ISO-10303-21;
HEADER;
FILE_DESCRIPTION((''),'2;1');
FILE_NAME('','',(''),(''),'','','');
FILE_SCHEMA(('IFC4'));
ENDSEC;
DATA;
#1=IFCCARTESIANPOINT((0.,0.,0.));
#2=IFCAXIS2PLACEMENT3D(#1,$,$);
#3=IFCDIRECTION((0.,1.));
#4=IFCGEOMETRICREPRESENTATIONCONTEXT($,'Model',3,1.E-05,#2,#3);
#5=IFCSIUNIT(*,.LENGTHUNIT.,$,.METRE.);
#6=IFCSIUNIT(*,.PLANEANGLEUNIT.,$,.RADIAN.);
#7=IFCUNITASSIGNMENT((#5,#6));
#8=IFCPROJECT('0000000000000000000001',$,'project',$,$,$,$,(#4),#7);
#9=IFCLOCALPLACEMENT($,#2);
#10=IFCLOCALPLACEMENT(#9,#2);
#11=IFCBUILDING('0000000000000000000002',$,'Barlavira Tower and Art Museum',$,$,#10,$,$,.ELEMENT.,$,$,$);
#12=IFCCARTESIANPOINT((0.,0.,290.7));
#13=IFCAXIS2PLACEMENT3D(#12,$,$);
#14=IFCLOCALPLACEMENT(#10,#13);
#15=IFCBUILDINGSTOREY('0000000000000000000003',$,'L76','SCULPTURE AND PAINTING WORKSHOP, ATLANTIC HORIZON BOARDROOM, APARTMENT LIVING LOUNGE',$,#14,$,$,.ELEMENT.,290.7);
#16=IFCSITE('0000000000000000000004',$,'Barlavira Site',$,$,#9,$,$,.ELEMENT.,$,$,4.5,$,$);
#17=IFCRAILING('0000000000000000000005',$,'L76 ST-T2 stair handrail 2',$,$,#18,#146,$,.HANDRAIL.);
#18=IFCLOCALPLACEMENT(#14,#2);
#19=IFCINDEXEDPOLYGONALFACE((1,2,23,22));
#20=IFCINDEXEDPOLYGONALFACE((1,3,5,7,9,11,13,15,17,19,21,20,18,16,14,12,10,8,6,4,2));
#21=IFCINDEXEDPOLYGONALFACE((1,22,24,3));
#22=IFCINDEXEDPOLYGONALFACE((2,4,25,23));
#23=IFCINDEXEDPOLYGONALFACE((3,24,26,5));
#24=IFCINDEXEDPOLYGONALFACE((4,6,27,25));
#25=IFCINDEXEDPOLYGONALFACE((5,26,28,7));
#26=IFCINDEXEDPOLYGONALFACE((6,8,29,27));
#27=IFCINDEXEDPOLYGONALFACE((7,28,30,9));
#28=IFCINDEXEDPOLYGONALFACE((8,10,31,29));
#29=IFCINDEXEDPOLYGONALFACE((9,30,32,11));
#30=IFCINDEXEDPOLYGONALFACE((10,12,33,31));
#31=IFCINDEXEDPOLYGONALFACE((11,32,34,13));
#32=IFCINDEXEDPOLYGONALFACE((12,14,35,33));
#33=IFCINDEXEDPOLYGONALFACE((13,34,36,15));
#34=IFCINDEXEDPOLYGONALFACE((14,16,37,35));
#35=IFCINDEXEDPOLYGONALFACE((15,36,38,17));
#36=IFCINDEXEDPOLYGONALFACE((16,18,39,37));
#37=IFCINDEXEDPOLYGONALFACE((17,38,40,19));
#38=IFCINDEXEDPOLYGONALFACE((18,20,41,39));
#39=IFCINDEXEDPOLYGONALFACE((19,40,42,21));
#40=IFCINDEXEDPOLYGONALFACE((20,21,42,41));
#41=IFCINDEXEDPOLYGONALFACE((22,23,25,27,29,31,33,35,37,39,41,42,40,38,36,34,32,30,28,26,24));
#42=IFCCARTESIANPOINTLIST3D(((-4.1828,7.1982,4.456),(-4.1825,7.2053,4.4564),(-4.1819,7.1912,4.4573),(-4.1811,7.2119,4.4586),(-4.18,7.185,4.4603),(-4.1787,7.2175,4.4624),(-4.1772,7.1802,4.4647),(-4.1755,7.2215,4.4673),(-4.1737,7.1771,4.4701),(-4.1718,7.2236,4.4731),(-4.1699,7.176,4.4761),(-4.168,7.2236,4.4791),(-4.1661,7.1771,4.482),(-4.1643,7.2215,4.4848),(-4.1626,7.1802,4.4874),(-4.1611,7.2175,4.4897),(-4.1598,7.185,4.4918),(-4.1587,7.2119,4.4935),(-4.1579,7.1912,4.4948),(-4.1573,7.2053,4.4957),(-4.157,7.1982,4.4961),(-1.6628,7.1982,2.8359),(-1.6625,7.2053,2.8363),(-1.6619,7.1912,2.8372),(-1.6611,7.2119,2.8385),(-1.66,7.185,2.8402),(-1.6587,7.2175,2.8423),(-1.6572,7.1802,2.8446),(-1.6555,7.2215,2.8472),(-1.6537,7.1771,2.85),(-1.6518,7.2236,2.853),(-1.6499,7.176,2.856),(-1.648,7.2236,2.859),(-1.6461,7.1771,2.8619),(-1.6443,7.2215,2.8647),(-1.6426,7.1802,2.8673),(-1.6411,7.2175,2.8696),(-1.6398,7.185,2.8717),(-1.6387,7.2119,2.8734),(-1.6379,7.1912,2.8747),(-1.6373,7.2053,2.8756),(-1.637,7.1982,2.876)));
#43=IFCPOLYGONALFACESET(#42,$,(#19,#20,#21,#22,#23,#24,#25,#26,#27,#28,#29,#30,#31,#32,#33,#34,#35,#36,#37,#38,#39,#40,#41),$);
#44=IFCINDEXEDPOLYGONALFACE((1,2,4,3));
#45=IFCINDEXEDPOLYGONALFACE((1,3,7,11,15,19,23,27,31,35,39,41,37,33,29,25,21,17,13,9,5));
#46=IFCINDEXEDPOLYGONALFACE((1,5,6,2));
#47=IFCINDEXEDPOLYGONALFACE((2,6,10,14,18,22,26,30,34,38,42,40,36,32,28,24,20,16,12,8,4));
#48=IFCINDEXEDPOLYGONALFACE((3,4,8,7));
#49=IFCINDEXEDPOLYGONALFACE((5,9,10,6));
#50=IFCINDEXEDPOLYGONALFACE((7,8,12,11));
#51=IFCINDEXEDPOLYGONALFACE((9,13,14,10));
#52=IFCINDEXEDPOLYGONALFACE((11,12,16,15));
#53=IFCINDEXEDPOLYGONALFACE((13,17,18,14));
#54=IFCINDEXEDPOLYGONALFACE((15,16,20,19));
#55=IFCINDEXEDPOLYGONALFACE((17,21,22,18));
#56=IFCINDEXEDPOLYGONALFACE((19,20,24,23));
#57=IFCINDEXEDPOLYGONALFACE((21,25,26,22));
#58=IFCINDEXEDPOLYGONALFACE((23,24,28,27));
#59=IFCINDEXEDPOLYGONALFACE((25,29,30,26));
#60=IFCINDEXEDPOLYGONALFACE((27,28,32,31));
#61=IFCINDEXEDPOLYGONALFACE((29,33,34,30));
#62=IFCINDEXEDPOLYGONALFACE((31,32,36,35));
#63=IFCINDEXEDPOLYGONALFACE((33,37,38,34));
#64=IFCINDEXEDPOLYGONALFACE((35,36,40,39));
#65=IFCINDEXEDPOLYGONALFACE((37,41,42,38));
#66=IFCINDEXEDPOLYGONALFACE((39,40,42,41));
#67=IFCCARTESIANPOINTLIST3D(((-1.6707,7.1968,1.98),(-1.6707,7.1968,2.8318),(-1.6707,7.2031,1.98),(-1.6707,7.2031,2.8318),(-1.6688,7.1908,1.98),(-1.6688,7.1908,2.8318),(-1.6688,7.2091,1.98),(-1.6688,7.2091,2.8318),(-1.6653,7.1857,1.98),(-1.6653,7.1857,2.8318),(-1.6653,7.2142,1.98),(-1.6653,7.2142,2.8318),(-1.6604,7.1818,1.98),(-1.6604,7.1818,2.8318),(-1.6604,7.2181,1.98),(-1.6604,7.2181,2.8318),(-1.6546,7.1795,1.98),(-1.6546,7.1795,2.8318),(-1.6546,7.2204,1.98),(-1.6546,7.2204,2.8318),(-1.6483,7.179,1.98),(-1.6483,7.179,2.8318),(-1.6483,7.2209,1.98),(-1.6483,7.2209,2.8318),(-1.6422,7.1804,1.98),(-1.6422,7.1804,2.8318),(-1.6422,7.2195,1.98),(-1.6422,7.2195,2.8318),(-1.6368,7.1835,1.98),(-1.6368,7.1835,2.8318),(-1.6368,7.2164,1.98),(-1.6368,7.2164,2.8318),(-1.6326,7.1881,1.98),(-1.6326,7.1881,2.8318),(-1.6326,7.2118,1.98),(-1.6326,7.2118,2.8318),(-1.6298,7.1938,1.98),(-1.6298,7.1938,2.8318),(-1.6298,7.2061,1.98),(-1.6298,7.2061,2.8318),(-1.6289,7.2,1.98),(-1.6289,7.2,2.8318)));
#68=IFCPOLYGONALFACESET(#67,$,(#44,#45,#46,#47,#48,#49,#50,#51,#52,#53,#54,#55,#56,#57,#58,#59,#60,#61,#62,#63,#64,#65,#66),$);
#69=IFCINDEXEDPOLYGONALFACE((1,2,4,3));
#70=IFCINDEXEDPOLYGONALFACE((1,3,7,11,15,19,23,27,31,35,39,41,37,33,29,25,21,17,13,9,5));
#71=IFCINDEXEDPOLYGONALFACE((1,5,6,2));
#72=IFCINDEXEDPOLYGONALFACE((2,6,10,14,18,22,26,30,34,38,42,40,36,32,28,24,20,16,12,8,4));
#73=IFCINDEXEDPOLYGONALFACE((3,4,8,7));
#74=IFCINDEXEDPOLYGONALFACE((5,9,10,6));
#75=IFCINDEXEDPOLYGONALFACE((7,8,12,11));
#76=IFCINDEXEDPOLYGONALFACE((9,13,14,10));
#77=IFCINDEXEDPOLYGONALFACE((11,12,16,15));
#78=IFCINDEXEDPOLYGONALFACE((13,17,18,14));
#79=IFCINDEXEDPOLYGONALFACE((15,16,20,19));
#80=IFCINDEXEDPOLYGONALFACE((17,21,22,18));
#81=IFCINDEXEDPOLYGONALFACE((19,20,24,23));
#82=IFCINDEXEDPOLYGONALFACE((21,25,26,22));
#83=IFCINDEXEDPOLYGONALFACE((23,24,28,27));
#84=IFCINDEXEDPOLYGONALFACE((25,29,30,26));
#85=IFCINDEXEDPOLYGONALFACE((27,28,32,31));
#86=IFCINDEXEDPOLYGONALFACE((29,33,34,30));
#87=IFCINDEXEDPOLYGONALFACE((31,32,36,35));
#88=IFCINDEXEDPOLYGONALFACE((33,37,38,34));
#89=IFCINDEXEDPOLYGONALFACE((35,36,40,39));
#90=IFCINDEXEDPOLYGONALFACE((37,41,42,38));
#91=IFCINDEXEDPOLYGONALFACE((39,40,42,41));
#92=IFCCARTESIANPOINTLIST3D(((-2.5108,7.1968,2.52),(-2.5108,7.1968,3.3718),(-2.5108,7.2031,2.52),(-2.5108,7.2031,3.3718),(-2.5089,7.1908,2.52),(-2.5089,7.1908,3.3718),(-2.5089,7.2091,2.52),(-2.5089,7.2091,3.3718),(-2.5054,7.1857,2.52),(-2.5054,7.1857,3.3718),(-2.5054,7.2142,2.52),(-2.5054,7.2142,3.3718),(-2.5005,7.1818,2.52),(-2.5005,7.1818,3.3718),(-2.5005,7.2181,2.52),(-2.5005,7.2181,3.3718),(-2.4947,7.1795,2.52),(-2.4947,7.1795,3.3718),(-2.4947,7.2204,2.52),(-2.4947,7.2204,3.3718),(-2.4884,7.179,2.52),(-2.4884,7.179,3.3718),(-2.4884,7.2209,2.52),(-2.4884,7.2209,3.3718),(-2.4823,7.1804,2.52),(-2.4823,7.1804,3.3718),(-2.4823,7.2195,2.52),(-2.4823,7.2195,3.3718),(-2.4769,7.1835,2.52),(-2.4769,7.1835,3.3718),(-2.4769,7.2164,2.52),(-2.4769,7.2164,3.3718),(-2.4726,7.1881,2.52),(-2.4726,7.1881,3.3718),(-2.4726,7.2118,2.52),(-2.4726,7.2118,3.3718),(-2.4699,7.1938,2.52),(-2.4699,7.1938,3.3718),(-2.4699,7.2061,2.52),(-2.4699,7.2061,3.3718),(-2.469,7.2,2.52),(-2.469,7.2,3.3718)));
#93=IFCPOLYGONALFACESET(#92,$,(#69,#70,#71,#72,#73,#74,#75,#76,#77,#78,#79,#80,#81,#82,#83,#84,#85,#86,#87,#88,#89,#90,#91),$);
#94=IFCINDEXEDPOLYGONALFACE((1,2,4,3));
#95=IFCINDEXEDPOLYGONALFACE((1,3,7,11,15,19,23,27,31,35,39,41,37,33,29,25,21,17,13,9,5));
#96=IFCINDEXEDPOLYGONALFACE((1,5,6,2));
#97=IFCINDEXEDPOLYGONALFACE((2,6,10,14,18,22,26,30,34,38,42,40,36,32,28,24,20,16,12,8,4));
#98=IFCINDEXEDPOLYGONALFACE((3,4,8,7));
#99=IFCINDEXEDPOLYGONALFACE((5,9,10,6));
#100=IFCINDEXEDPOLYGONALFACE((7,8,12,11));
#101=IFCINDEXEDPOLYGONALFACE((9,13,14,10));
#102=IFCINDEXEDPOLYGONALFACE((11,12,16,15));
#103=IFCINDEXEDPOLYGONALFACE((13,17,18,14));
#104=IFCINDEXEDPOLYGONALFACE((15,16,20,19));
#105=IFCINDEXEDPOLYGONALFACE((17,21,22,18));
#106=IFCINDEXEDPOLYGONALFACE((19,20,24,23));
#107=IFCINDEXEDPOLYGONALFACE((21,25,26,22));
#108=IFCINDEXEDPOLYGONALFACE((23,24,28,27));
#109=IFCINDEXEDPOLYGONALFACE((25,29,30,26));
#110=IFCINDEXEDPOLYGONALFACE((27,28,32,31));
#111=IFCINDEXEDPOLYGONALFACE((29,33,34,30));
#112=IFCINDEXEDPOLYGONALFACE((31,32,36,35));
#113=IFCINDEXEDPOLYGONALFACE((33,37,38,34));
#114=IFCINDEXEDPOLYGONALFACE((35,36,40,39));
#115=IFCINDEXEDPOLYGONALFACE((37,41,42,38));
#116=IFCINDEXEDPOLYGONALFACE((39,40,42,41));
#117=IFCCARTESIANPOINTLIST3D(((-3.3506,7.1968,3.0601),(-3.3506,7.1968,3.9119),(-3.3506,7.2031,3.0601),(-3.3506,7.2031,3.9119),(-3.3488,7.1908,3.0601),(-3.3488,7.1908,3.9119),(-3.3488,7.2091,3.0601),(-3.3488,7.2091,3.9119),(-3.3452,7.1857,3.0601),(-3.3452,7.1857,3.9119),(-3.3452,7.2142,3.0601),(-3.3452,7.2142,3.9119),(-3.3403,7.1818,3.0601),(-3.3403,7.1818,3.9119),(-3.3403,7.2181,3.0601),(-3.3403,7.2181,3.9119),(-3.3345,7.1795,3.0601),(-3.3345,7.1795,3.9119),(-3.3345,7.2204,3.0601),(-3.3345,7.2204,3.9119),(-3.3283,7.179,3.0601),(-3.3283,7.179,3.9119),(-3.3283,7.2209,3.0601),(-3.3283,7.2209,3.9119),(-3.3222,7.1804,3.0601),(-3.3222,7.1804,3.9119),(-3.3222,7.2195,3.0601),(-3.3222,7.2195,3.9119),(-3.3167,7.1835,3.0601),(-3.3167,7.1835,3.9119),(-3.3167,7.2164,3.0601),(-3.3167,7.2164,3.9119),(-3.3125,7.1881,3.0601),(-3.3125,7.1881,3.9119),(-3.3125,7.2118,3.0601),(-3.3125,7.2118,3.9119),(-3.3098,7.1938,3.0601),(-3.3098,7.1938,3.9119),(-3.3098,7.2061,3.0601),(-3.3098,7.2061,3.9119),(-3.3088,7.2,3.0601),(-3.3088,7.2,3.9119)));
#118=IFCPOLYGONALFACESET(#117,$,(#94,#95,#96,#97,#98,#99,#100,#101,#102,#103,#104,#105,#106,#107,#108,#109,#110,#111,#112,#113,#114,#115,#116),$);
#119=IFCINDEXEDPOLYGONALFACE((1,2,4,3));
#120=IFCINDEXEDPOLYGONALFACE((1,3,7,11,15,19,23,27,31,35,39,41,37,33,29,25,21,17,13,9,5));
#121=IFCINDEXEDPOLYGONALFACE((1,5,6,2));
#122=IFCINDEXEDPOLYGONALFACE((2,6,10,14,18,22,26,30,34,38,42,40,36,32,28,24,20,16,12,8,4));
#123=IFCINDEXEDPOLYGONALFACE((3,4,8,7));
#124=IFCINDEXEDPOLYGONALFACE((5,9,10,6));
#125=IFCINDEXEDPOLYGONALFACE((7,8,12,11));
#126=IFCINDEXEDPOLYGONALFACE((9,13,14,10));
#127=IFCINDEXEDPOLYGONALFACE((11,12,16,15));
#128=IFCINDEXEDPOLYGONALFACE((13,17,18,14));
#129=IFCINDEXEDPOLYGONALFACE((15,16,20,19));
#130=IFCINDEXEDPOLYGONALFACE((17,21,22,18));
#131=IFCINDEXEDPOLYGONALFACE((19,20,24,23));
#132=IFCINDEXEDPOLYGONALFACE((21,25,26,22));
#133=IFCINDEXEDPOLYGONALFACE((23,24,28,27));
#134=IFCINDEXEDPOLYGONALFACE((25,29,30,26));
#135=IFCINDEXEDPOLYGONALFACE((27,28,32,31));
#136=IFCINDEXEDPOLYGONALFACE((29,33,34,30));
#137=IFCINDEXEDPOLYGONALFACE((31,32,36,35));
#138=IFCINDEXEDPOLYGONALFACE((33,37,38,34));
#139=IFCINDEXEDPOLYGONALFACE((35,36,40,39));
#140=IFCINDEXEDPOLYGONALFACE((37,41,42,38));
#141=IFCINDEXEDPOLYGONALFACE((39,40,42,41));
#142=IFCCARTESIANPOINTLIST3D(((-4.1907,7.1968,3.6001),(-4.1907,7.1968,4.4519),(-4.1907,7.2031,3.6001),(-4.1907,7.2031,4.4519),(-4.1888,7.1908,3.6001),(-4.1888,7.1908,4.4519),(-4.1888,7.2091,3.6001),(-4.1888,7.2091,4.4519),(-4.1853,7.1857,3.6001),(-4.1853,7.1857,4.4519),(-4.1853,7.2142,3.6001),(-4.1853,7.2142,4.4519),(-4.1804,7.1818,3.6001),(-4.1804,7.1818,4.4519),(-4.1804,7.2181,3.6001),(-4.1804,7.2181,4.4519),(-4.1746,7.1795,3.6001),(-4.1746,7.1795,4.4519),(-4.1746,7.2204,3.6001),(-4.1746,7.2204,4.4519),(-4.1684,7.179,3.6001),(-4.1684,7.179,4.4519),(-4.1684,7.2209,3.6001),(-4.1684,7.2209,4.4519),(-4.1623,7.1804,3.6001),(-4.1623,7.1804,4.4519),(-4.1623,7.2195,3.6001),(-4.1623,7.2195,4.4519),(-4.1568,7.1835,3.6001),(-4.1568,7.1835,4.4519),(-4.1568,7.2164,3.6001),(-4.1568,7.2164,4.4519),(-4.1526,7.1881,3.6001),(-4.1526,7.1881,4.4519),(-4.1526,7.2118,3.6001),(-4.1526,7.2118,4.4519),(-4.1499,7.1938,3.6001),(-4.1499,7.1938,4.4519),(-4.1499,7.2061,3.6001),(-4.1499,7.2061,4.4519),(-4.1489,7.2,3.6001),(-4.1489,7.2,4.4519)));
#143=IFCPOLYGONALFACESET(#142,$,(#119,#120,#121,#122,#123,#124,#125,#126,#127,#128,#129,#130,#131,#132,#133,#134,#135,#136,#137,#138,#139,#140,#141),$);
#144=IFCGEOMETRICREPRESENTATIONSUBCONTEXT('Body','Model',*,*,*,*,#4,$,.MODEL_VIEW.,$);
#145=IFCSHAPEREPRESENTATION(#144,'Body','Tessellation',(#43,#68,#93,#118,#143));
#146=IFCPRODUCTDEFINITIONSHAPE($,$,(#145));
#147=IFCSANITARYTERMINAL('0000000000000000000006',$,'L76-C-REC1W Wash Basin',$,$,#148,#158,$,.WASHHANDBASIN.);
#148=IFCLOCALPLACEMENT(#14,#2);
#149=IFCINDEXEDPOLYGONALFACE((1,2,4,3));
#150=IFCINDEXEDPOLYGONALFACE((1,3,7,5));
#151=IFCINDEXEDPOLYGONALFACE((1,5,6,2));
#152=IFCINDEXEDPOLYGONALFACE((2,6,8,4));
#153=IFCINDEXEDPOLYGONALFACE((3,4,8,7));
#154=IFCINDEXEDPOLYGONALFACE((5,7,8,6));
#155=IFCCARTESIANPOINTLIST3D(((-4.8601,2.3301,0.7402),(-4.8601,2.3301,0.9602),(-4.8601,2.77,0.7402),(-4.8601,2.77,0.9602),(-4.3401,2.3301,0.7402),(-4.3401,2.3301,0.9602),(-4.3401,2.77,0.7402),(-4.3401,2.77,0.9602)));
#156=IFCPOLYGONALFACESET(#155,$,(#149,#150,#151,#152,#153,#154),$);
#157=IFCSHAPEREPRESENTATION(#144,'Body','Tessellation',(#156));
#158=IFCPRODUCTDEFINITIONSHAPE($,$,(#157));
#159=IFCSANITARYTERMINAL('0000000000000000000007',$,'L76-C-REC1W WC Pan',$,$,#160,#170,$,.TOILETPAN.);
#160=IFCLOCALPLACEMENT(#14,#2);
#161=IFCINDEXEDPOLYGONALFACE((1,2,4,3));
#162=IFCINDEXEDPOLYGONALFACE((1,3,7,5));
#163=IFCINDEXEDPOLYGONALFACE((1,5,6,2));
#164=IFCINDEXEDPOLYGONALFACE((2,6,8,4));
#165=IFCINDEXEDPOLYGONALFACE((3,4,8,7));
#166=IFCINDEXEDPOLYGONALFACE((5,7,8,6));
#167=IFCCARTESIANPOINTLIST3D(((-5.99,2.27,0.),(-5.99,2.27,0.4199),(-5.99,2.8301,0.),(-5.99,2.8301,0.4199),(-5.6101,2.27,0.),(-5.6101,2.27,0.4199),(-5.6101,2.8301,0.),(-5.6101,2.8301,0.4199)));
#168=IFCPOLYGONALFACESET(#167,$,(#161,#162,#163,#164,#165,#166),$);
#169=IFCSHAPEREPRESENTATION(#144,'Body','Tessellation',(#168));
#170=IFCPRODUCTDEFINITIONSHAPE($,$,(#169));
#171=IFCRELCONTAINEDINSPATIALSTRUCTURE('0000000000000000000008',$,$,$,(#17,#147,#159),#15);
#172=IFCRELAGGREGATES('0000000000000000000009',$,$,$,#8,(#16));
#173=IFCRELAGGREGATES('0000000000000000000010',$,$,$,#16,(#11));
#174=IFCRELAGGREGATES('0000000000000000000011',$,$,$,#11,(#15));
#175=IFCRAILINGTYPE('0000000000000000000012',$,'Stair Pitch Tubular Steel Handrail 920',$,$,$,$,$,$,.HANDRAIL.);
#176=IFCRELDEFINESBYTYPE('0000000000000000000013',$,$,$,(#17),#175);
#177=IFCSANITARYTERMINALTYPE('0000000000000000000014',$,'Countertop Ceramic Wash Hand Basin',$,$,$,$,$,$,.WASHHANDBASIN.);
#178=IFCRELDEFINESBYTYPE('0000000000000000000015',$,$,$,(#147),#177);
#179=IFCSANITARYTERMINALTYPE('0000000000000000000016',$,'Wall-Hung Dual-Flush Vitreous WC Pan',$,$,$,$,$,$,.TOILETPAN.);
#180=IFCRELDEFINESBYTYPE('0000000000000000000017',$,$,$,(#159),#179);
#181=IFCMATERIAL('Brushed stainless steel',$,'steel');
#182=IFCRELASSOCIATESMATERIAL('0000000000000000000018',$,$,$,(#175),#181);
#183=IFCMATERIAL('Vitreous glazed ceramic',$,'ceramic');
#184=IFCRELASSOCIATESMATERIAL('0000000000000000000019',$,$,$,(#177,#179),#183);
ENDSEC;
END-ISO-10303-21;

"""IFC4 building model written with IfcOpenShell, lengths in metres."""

from ifc_helpers import new_model, si_unit, direction, frame, origin, origin_2d, place, context, subcontext, project, spatial, rectangle, circle, extrude, material, type_object, element, save


model = new_model("IFC4")

# Units and contexts
model_context = context("Model", 3, precision=1e-05, world=origin(), true_north=direction((0.0, 1.0)))
body_context = subcontext(model_context, "Body", "Model", "MODEL_VIEW")
ifc_project = project(units=[si_unit("LENGTHUNIT", "METRE"), si_unit("PLANEANGLEUNIT", "RADIAN")], contexts=[model_context])

# Site, building, storey
site_placement = place(None, origin())
site = spatial("IfcSite", under=ifc_project, at=site_placement, Name="Barlavira Site", CompositionType="ELEMENT", RefElevation=4.5)
building_placement = place(site_placement, origin())
building = spatial("IfcBuilding", under=site, at=building_placement, Name="Barlavira Tower and Art Museum", CompositionType="ELEMENT")
storey_placement = place(building_placement, frame((0.0, 0.0, 290.7)))
storey = spatial("IfcBuildingStorey", under=building, at=storey_placement, Name="L76", Description="SCULPTURE AND PAINTING WORKSHOP, ATLANTIC HORIZON BOARDROOM, APARTMENT LIVING LOUNGE", CompositionType="ELEMENT", Elevation=290.7)

# Shared definitions
ifc_material_1 = material(Name="Brushed stainless steel", Category="steel")

# Railing
railing_type_1 = type_object("IfcRailingType", Name="Stair Pitch Tubular Steel Handrail 920", PredefinedType="HANDRAIL", material=ifc_material_1)
railing_1_placement = place(storey_placement, frame((-1.6499, 7.2, 1.98)))
element("IfcRailing", 1, at=railing_1_placement, inside=storey, type_object=railing_type_1, Name="L76 ST-T2 stair handrail 2", PredefinedType="HANDRAIL", context=body_context, shape_type="SweptSolid", body=[
    extrude(circle(Radius=0.0239, at=origin_2d()), frame((0.0, 0.0, 0.876), z_axis=(-0.841163, 0.0, 0.540782), x_axis=(0.0, -1.0, 0.0)), (0.0, 0.0, 1.0), 2.9958),
    extrude(circle(Radius=0.021, at=origin_2d()), origin(), (0.0, 0.0, 1.0), 0.8518),
    extrude(circle(Radius=0.021, at=origin_2d()), frame((-0.8401, 0.0, 0.54)), (0.0, 0.0, 1.0), 0.8518),
    extrude(circle(Radius=0.021, at=origin_2d()), frame((-1.6799, 0.0, 1.0801)), (0.0, 0.0, 1.0), 0.8518),
    extrude(circle(Radius=0.021, at=origin_2d()), frame((-2.52, 0.0, 1.6201)), (0.0, 0.0, 1.0), 0.8518),
])

# Sanitary terminals
ifc_material_2 = material(Name="Vitreous glazed ceramic", Category="ceramic")
sanitary_terminal_type_1 = type_object("IfcSanitaryTerminalType", Name="Countertop Ceramic Wash Hand Basin", PredefinedType="WASHHANDBASIN", material=ifc_material_2)
sanitary_terminal_1_placement = place(storey_placement, frame((-4.6001, 2.55, 0.7402), z_axis=(0.0, 0.0, 1.0), x_axis=(1.0, 0.0, 0.0)))
element("IfcSanitaryTerminal", 2, at=sanitary_terminal_1_placement, inside=storey, type_object=sanitary_terminal_type_1, Name="L76-C-REC1W Wash Basin", PredefinedType="WASHHANDBASIN", context=body_context, shape_type="SweptSolid", body=[
    extrude(rectangle(XDim=0.52, YDim=0.4399, at=origin_2d()), origin(), (0.0, 0.0, 1.0), 0.22),
])
sanitary_terminal_type_2 = type_object("IfcSanitaryTerminalType", Name="Wall-Hung Dual-Flush Vitreous WC Pan", PredefinedType="TOILETPAN", material=ifc_material_2)
sanitary_terminal_2_placement = place(storey_placement, frame((-5.8, 2.55, 0.0), z_axis=(0.0, 0.0, 1.0), x_axis=(1.0, 0.0, 0.0)))
element("IfcSanitaryTerminal", 3, at=sanitary_terminal_2_placement, inside=storey, type_object=sanitary_terminal_type_2, Name="L76-C-REC1W WC Pan", PredefinedType="TOILETPAN", context=body_context, shape_type="SweptSolid", body=[
    extrude(rectangle(XDim=0.3799, YDim=0.5601, at=origin_2d()), origin(), (0.0, 0.0, 1.0), 0.4199),
])

save(model, "model.ifc")
